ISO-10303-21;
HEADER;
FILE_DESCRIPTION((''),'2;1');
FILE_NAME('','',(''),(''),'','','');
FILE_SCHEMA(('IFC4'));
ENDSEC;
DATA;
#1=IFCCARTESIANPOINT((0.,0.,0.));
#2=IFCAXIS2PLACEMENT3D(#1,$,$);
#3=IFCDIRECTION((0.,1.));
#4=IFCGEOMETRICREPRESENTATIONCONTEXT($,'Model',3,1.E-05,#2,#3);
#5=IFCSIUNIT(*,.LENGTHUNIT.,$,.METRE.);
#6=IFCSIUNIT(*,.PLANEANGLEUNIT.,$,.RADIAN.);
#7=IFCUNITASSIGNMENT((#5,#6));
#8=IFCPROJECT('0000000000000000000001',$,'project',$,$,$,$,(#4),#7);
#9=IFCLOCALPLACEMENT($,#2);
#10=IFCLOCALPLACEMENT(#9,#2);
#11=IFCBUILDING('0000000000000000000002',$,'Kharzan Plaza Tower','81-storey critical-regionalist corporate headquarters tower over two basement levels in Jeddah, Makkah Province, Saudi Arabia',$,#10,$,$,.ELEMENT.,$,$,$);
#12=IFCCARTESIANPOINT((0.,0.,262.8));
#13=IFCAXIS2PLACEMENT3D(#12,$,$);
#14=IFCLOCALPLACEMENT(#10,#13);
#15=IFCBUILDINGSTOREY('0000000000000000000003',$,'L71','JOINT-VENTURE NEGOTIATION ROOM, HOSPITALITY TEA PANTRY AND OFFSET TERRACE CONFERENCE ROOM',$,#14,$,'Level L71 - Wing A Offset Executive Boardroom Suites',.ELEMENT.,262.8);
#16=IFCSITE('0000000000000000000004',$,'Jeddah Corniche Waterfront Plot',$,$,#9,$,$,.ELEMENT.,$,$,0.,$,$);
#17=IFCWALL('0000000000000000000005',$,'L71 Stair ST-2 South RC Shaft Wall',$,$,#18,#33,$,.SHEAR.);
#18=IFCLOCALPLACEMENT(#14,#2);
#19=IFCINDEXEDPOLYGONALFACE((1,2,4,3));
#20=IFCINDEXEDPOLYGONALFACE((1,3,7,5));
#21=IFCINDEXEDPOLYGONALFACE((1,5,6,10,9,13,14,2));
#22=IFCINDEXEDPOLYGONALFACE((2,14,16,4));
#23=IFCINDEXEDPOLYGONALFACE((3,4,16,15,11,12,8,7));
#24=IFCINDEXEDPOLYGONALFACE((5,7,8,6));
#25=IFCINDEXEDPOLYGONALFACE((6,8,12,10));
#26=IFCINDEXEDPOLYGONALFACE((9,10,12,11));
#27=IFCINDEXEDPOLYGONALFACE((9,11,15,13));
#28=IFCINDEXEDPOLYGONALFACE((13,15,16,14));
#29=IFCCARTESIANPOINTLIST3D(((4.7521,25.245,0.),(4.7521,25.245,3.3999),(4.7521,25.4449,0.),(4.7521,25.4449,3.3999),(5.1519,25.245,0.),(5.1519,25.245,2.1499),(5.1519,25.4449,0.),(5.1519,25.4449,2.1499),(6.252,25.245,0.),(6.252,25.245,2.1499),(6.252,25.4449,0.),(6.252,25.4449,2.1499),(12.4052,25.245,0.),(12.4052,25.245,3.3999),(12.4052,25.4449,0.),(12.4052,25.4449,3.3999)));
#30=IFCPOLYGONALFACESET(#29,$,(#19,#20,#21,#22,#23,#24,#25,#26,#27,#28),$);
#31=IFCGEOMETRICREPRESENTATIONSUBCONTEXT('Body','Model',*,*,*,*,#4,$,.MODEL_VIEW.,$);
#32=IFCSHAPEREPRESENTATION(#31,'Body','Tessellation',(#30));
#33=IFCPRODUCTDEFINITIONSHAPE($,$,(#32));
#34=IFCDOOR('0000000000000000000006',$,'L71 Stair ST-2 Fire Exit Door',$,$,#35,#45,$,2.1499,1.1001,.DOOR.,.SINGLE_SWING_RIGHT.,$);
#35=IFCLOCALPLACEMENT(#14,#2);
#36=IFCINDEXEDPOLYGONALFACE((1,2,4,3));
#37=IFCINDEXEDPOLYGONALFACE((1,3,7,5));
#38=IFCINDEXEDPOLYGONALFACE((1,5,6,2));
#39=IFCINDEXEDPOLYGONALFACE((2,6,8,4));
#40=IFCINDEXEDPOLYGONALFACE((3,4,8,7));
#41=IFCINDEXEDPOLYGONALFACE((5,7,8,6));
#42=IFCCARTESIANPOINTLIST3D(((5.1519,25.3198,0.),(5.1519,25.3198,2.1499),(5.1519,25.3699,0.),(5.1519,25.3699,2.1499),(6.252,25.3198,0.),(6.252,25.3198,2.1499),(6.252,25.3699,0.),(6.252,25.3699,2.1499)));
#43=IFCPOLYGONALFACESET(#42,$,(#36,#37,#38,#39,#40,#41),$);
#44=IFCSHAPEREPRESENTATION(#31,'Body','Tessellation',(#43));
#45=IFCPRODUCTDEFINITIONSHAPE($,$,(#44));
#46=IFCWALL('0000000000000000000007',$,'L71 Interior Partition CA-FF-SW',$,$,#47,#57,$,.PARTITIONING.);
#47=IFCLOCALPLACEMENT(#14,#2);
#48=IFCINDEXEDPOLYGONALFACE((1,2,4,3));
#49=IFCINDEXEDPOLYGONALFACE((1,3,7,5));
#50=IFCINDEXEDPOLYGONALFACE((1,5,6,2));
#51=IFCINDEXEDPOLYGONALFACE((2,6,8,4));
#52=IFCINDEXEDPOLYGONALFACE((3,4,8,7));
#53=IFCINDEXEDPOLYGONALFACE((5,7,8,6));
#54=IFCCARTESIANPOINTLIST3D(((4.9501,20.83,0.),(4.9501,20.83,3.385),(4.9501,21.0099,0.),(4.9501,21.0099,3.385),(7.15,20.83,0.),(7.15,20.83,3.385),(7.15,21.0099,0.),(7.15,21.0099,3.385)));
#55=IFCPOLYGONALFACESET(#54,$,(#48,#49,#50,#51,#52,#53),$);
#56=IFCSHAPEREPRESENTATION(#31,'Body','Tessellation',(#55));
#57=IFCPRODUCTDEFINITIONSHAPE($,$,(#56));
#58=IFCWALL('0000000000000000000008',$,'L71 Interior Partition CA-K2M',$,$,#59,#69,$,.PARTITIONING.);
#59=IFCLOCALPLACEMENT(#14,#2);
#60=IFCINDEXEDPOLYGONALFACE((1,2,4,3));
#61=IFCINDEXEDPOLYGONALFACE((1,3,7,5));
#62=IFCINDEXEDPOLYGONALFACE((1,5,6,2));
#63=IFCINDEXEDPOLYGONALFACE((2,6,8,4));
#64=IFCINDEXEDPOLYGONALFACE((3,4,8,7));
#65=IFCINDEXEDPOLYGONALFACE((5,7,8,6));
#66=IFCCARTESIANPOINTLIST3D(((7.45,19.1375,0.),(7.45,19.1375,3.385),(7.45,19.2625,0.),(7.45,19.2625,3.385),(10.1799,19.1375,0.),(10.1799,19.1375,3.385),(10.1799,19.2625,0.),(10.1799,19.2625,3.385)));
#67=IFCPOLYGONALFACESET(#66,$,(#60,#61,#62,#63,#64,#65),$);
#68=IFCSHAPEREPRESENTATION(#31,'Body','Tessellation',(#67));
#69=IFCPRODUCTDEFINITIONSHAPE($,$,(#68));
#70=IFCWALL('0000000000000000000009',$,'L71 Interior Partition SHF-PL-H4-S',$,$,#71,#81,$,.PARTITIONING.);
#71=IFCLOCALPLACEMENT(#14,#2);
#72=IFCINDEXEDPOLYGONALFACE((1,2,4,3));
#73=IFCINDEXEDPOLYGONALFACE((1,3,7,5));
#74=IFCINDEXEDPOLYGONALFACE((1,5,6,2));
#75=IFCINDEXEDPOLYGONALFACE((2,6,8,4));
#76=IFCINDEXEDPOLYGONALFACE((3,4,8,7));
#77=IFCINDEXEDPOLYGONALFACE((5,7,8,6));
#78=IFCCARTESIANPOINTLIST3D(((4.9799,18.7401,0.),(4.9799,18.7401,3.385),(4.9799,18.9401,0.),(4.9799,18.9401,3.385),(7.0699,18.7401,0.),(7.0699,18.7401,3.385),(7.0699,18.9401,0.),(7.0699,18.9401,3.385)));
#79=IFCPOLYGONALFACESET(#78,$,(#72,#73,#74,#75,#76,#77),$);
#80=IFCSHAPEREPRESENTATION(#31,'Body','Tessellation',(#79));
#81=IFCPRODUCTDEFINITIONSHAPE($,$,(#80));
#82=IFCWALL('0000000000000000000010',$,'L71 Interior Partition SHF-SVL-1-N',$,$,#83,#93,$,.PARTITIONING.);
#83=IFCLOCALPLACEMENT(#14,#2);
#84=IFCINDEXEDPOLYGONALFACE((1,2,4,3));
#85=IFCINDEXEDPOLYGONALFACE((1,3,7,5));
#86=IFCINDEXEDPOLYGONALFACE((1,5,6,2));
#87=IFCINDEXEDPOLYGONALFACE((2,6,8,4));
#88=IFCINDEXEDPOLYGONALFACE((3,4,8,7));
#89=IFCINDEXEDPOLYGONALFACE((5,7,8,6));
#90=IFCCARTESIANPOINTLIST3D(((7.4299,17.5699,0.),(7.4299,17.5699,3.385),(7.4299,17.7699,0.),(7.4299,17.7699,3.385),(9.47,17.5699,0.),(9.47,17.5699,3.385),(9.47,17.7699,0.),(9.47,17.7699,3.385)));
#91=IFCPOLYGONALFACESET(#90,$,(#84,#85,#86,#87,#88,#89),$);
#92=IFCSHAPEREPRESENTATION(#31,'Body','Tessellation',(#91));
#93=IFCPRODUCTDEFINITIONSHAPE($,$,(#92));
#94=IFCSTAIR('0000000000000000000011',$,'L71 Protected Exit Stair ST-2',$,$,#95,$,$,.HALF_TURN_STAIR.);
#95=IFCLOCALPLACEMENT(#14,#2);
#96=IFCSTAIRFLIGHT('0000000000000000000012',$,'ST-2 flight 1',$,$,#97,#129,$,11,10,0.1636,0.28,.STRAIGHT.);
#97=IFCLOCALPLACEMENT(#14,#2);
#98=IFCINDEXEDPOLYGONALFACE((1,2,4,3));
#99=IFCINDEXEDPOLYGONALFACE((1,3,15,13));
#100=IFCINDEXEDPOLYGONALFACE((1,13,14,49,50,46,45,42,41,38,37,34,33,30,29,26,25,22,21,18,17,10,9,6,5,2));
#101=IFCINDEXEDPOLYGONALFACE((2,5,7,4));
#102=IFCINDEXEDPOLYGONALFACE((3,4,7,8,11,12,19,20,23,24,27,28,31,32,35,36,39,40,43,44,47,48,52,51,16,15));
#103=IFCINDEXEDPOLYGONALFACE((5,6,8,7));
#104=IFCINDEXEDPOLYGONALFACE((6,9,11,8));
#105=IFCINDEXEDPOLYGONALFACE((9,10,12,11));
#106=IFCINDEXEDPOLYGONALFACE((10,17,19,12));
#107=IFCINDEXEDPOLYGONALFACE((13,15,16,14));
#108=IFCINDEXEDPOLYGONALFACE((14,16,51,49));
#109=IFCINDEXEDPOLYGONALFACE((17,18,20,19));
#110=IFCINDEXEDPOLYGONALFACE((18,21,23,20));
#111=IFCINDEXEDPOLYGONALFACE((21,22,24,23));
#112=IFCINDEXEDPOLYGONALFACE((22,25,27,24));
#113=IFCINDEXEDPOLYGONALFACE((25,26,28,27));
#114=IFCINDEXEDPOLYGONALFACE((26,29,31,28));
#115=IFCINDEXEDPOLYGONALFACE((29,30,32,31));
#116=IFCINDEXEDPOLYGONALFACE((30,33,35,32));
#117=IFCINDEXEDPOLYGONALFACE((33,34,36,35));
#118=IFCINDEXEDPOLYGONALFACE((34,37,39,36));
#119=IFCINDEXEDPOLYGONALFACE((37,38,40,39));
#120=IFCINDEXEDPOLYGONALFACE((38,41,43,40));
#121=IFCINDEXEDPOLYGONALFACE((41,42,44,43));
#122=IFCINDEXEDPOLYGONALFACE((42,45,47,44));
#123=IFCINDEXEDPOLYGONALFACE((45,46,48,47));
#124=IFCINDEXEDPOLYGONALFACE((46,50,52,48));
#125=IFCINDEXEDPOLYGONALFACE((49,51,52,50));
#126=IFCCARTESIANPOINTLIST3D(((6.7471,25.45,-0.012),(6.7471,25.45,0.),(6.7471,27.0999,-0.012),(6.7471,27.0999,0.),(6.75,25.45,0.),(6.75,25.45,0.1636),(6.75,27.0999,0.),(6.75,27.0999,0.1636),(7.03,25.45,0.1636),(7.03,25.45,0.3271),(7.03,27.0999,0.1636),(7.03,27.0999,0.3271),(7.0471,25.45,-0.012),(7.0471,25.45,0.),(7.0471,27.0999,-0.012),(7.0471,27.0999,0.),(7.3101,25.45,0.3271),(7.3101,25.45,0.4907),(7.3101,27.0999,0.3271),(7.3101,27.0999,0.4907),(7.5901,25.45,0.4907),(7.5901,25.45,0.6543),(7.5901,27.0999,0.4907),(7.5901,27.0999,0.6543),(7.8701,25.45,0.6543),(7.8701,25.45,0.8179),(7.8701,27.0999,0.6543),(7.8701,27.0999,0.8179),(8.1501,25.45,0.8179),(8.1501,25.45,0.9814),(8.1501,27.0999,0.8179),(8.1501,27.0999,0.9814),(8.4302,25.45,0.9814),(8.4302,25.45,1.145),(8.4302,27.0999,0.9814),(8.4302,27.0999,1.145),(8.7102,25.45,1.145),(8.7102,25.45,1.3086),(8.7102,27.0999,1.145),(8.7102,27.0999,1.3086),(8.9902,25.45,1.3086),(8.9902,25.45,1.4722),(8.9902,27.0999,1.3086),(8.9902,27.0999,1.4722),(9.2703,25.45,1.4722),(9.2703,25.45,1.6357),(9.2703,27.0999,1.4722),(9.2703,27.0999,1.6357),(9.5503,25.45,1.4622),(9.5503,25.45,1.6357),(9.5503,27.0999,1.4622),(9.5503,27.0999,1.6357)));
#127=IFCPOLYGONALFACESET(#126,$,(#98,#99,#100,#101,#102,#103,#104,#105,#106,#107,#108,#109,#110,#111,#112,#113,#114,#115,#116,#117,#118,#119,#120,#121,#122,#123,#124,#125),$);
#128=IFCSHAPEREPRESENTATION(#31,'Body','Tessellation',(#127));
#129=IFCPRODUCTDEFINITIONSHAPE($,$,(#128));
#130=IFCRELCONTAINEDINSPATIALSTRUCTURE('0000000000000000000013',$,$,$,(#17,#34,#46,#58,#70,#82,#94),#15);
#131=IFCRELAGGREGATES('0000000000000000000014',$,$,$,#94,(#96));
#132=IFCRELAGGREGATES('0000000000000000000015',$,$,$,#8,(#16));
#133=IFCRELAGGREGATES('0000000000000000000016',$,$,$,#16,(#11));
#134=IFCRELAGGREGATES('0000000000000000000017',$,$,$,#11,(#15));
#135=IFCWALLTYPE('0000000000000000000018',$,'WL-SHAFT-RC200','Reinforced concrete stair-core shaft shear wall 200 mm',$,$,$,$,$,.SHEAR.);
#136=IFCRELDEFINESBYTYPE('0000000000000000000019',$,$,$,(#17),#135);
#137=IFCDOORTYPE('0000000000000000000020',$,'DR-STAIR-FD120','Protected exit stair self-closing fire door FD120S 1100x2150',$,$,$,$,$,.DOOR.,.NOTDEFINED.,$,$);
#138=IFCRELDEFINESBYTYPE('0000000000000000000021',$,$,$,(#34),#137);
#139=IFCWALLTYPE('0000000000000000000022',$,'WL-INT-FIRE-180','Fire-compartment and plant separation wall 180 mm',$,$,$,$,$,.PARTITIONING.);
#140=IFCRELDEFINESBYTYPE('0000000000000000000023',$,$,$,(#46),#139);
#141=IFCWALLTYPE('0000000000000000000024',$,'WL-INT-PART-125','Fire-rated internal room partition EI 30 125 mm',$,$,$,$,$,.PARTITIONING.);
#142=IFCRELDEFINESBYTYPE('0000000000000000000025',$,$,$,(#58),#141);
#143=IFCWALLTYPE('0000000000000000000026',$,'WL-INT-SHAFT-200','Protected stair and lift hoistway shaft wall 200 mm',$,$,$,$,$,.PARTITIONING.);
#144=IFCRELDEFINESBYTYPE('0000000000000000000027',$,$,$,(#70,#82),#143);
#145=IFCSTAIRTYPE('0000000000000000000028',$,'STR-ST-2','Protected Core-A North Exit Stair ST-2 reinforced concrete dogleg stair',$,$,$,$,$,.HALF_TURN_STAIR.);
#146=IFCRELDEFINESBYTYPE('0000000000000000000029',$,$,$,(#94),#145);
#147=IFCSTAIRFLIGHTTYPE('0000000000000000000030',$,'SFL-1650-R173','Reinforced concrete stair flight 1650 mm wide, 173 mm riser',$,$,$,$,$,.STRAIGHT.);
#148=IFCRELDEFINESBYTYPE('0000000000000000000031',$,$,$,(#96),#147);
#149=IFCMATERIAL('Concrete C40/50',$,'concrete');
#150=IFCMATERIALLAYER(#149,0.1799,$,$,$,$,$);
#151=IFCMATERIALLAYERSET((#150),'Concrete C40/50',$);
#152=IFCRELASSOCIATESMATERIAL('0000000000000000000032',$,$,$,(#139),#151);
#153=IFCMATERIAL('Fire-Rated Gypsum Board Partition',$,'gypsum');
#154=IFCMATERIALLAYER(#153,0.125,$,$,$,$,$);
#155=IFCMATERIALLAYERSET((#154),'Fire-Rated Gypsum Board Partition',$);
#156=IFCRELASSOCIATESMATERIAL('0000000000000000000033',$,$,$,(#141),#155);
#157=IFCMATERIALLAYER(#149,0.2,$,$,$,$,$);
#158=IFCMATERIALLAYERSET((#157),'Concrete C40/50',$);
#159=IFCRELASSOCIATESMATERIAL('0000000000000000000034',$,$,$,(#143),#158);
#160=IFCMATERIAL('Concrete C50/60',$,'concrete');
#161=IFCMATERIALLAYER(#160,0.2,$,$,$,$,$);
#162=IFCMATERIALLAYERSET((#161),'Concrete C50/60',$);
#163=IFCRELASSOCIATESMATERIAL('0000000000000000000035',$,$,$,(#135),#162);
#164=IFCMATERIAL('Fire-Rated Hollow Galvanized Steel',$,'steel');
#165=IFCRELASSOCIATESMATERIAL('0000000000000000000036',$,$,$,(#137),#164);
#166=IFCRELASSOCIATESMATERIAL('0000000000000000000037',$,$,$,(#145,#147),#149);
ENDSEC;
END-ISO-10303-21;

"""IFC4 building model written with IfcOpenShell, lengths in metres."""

from ifc_helpers import new_model, si_unit, direction, frame, frame_2d, origin, place, context, subcontext, project, spatial, polyline, rectangle, outline, extrude, source, transform, mapped, material, layer, layer_set, type_object, element, fill, aggregate, save


model = new_model("IFC4")

# Units and contexts
model_context = context("Model", 3, precision=1e-05, world=origin(), true_north=direction((0.0, 1.0)))
body_context = subcontext(model_context, "Body", "Model", "MODEL_VIEW")
ifc_project = project(units=[si_unit("LENGTHUNIT", "METRE"), si_unit("PLANEANGLEUNIT", "RADIAN")], contexts=[model_context])

# Site, building, storey
site_placement = place(None, origin())
site = spatial("IfcSite", under=ifc_project, at=site_placement, Name="Jeddah Corniche Waterfront Plot", CompositionType="ELEMENT", RefElevation=0.0)
building_placement = place(site_placement, origin())
building = spatial("IfcBuilding", under=site, at=building_placement, Name="Kharzan Plaza Tower", Description="81-storey critical-regionalist corporate headquarters tower over two basement levels in Jeddah, Makkah Province, Saudi Arabia", CompositionType="ELEMENT")
storey_placement = place(building_placement, frame((0.0, 0.0, 262.8)))
storey = spatial("IfcBuildingStorey", under=building, at=storey_placement, Name="L71", Description="JOINT-VENTURE NEGOTIATION ROOM, HOSPITALITY TEA PANTRY AND OFFSET TERRACE CONFERENCE ROOM", LongName="Level L71 - Wing A Offset Executive Boardroom Suites", CompositionType="ELEMENT", Elevation=262.8)

# Shared definitions
ifc_material_1 = material(Name="Concrete C50/60", Category="concrete")

# Shared definitions
ifc_material_2 = material(Name="Concrete C40/50", Category="concrete")

# Wall, opening, door
ifc_layer_1 = layer(ifc_material_2, 0.1799)
ifc_layer_set_1 = layer_set([ifc_layer_1], Name="Concrete C40/50")
wall_type_1 = type_object("IfcWallType", Name="WL-INT-FIRE-180", Description="Fire-compartment and plant separation wall 180 mm", PredefinedType="PARTITIONING", material=ifc_layer_set_1)
ifc_material_3 = material(Name="Fire-Rated Gypsum Board Partition", Category="gypsum")
ifc_layer_2 = layer(ifc_material_3, 0.125)
ifc_layer_set_2 = layer_set([ifc_layer_2], Name="Fire-Rated Gypsum Board Partition")
wall_type_2 = type_object("IfcWallType", Name="WL-INT-PART-125", Description="Fire-rated internal room partition EI 30 125 mm", PredefinedType="PARTITIONING", material=ifc_layer_set_2)
ifc_layer_3 = layer(ifc_material_2, 0.2)
ifc_layer_set_3 = layer_set([ifc_layer_3], Name="Concrete C40/50")
wall_type_3 = type_object("IfcWallType", Name="WL-INT-SHAFT-200", Description="Protected stair and lift hoistway shaft wall 200 mm", PredefinedType="PARTITIONING", material=ifc_layer_set_3)
ifc_layer_4 = layer(ifc_material_1, 0.2)
ifc_layer_set_4 = layer_set([ifc_layer_4], Name="Concrete C50/60")
wall_type_4 = type_object("IfcWallType", Name="WL-SHAFT-RC200", Description="Reinforced concrete stair-core shaft shear wall 200 mm", PredefinedType="SHEAR", material=ifc_layer_set_4)
wall_1_placement = place(storey_placement, frame((4.752, 25.345, 0.0), z_axis=(0.0, 0.0, 1.0), x_axis=(1.0, 0.0, 0.0)))
wall_1 = element("IfcWall", 1, at=wall_1_placement, inside=storey, type_object=wall_type_4, Name="L71 Stair ST-2 South RC Shaft Wall", PredefinedType="SHEAR", context=body_context, shape_type="SweptSolid", body=[
    extrude(rectangle(XDim=7.6531, YDim=0.2, at=frame_2d((3.8267, 0.0))), origin(), (0.0, 0.0, 1.0), 3.3999),
])
opening_1_placement = place(wall_1_placement, frame((0.3999, 0.0, 0.0)))
opening_1 = element("IfcOpeningElement", 2, at=opening_1_placement, cuts=wall_1, PredefinedType="OPENING", context=body_context, shape_type="SweptSolid", body=[
    extrude(rectangle(XDim=1.1001, YDim=2.1499, at=frame_2d((0.55, 1.075))), frame((0.0, 0.1099, 0.0), z_axis=(0.0, -1.0, 0.0), x_axis=(1.0, 0.0, 0.0)), (0.0, 0.0, 1.0), 0.22),
])
ifc_material_4 = material(Name="Fire-Rated Hollow Galvanized Steel", Category="steel")
door_type_1 = type_object("IfcDoorType", Name="DR-STAIR-FD120", Description="Protected exit stair self-closing fire door FD120S 1100x2150", OperationType="NOTDEFINED", PredefinedType="DOOR", material=ifc_material_4)
shared_shape_1 = source(origin(), body_context, "Body", "SweptSolid", [
    extrude(rectangle(XDim=1.1001, YDim=2.1499, at=frame_2d((0.55, 1.075))), frame((0.0, 0.0249, 0.0), z_axis=(0.0, -1.0, 0.0), x_axis=(1.0, 0.0, 0.0)), (0.0, 0.0, 1.0), 0.05),
])
door_1_placement = place(opening_1_placement, origin())
door_1 = element("IfcDoor", 3, at=door_1_placement, inside=storey, type_object=door_type_1, Name="L71 Stair ST-2 Fire Exit Door", OperationType="SINGLE_SWING_RIGHT", OverallHeight=2.1499, OverallWidth=1.1001, PredefinedType="DOOR", context=body_context, shape_type="MappedRepresentation", body=[
    mapped(shared_shape_1, transform((0.0, 0.0, 0.0), x_axis=(1.0, 0.0, 0.0), y_axis=(0.0, 1.0, 0.0), z_axis=(0.0, 0.0, 1.0))),
])
fill(opening_1, door_1)

# Walls
shared_shape_2 = source(origin(), body_context, "Body", "SweptSolid", [
    extrude(rectangle(XDim=2.2, YDim=0.1799, at=frame_2d((1.1001, 0.0))), origin(), (0.0, 0.0, 1.0), 3.385),
])
wall_2_placement = place(storey_placement, frame((4.95, 20.9199, 0.0), z_axis=(0.0, 0.0, 1.0), x_axis=(1.0, 0.0, 0.0)))
element("IfcWall", 4, at=wall_2_placement, inside=storey, type_object=wall_type_1, Name="L71 Interior Partition CA-FF-SW", PredefinedType="PARTITIONING", context=body_context, shape_type="MappedRepresentation", body=[
    mapped(shared_shape_2, transform((0.0, 0.0, 0.0), x_axis=(1.0, 0.0, 0.0), y_axis=(0.0, 1.0, 0.0), z_axis=(0.0, 0.0, 1.0))),
])
shared_shape_3 = source(origin(), body_context, "Body", "SweptSolid", [
    extrude(rectangle(XDim=2.73, YDim=0.125, at=frame_2d((1.365, 0.0))), origin(), (0.0, 0.0, 1.0), 3.385),
])
wall_3_placement = place(storey_placement, frame((7.45, 19.2, 0.0), z_axis=(0.0, 0.0, 1.0), x_axis=(1.0, 0.0, 0.0)))
element("IfcWall", 5, at=wall_3_placement, inside=storey, type_object=wall_type_2, Name="L71 Interior Partition CA-K2M", PredefinedType="PARTITIONING", context=body_context, shape_type="MappedRepresentation", body=[
    mapped(shared_shape_3, transform((0.0, 0.0, 0.0), x_axis=(1.0, 0.0, 0.0), y_axis=(0.0, 1.0, 0.0), z_axis=(0.0, 0.0, 1.0))),
])
shared_shape_4 = source(origin(), body_context, "Body", "SweptSolid", [
    extrude(rectangle(XDim=2.0901, YDim=0.2, at=frame_2d((1.0449, 0.0))), origin(), (0.0, 0.0, 1.0), 3.385),
])
wall_4_placement = place(storey_placement, frame((4.98, 18.8401, 0.0), z_axis=(0.0, 0.0, 1.0), x_axis=(1.0, 0.0, 0.0)))
element("IfcWall", 6, at=wall_4_placement, inside=storey, type_object=wall_type_3, Name="L71 Interior Partition SHF-PL-H4-S", PredefinedType="PARTITIONING", context=body_context, shape_type="MappedRepresentation", body=[
    mapped(shared_shape_4, transform((0.0, 0.0, 0.0), x_axis=(1.0, 0.0, 0.0), y_axis=(0.0, 1.0, 0.0), z_axis=(0.0, 0.0, 1.0))),
])
shared_shape_5 = source(origin(), body_context, "Body", "SweptSolid", [
    extrude(rectangle(XDim=2.04, YDim=0.2, at=frame_2d((1.02, 0.0))), origin(), (0.0, 0.0, 1.0), 3.385),
])
wall_5_placement = place(storey_placement, frame((7.4299, 17.6699, 0.0), z_axis=(0.0, 0.0, 1.0), x_axis=(1.0, 0.0, 0.0)))
element("IfcWall", 7, at=wall_5_placement, inside=storey, type_object=wall_type_3, Name="L71 Interior Partition SHF-SVL-1-N", PredefinedType="PARTITIONING", context=body_context, shape_type="MappedRepresentation", body=[
    mapped(shared_shape_5, transform((0.0, 0.0, 0.0), x_axis=(1.0, 0.0, 0.0), y_axis=(0.0, 1.0, 0.0), z_axis=(0.0, 0.0, 1.0))),
])

# Stair, stair flight
stair_type = type_object("IfcStairType", Name="STR-ST-2", Description="Protected Core-A North Exit Stair ST-2 reinforced concrete dogleg stair", PredefinedType="HALF_TURN_STAIR", material=ifc_material_2)
stair_placement = place(storey_placement, origin())
stair = element("IfcStair", 8, at=stair_placement, inside=storey, type_object=stair_type, Name="L71 Protected Exit Stair ST-2", PredefinedType="HALF_TURN_STAIR")
stair_flight_type = type_object("IfcStairFlightType", Name="SFL-1650-R173", Description="Reinforced concrete stair flight 1650 mm wide, 173 mm riser", PredefinedType="STRAIGHT", material=ifc_material_2)
shared_shape_6 = source(origin(), body_context, "Body", "SweptSolid", [
    extrude(outline(polyline([(-0.0029, -0.012), (-0.0029, 0.0), (0.0, 0.0), (0.0, 0.1636), (0.28, 0.1636), (0.28, 0.3271), (0.5601, 0.3271), (0.5601, 0.4907), (0.8401, 0.4907), (0.8401, 0.6543), (1.1201, 0.6543), (1.1201, 0.8179), (1.4001, 0.8179), (1.4001, 0.9814), (1.6802, 0.9814), (1.6802, 1.145), (1.9602, 1.145), (1.9602, 1.3086), (2.2402, 1.3086), (2.2402, 1.4722), (2.5203, 1.4722), (2.5203, 1.6357), (2.8003, 1.6357), (2.8003, 1.7993), (2.8003, 1.4622), (0.2971, 0.0), (0.2971, -0.012), (-0.0029, -0.012)])), frame((0.0, 0.825, 0.0), z_axis=(0.0, -1.0, 0.0), x_axis=(1.0, 0.0, 0.0)), (0.0, 0.0, 1.0), 1.6499),
])
stair_flight_placement = place(storey_placement, frame((6.75, 26.2749, 0.0), z_axis=(0.0, 0.0, 1.0), x_axis=(1.0, 0.0, 0.0)))
stair_flight = element("IfcStairFlight", 9, at=stair_flight_placement, type_object=stair_flight_type, Name="ST-2 flight 1", NumberOfRisers=11, NumberOfTreads=10, PredefinedType="STRAIGHT", RiserHeight=0.1636, TreadLength=0.28, context=body_context, shape_type="MappedRepresentation", body=[
    mapped(shared_shape_6, transform((0.0, 0.0, 0.0), x_axis=(1.0, 0.0, 0.0), y_axis=(0.0, 1.0, 0.0), z_axis=(0.0, 0.0, 1.0))),
])
aggregate(stair, [stair_flight])

save(model, "model.ifc")
